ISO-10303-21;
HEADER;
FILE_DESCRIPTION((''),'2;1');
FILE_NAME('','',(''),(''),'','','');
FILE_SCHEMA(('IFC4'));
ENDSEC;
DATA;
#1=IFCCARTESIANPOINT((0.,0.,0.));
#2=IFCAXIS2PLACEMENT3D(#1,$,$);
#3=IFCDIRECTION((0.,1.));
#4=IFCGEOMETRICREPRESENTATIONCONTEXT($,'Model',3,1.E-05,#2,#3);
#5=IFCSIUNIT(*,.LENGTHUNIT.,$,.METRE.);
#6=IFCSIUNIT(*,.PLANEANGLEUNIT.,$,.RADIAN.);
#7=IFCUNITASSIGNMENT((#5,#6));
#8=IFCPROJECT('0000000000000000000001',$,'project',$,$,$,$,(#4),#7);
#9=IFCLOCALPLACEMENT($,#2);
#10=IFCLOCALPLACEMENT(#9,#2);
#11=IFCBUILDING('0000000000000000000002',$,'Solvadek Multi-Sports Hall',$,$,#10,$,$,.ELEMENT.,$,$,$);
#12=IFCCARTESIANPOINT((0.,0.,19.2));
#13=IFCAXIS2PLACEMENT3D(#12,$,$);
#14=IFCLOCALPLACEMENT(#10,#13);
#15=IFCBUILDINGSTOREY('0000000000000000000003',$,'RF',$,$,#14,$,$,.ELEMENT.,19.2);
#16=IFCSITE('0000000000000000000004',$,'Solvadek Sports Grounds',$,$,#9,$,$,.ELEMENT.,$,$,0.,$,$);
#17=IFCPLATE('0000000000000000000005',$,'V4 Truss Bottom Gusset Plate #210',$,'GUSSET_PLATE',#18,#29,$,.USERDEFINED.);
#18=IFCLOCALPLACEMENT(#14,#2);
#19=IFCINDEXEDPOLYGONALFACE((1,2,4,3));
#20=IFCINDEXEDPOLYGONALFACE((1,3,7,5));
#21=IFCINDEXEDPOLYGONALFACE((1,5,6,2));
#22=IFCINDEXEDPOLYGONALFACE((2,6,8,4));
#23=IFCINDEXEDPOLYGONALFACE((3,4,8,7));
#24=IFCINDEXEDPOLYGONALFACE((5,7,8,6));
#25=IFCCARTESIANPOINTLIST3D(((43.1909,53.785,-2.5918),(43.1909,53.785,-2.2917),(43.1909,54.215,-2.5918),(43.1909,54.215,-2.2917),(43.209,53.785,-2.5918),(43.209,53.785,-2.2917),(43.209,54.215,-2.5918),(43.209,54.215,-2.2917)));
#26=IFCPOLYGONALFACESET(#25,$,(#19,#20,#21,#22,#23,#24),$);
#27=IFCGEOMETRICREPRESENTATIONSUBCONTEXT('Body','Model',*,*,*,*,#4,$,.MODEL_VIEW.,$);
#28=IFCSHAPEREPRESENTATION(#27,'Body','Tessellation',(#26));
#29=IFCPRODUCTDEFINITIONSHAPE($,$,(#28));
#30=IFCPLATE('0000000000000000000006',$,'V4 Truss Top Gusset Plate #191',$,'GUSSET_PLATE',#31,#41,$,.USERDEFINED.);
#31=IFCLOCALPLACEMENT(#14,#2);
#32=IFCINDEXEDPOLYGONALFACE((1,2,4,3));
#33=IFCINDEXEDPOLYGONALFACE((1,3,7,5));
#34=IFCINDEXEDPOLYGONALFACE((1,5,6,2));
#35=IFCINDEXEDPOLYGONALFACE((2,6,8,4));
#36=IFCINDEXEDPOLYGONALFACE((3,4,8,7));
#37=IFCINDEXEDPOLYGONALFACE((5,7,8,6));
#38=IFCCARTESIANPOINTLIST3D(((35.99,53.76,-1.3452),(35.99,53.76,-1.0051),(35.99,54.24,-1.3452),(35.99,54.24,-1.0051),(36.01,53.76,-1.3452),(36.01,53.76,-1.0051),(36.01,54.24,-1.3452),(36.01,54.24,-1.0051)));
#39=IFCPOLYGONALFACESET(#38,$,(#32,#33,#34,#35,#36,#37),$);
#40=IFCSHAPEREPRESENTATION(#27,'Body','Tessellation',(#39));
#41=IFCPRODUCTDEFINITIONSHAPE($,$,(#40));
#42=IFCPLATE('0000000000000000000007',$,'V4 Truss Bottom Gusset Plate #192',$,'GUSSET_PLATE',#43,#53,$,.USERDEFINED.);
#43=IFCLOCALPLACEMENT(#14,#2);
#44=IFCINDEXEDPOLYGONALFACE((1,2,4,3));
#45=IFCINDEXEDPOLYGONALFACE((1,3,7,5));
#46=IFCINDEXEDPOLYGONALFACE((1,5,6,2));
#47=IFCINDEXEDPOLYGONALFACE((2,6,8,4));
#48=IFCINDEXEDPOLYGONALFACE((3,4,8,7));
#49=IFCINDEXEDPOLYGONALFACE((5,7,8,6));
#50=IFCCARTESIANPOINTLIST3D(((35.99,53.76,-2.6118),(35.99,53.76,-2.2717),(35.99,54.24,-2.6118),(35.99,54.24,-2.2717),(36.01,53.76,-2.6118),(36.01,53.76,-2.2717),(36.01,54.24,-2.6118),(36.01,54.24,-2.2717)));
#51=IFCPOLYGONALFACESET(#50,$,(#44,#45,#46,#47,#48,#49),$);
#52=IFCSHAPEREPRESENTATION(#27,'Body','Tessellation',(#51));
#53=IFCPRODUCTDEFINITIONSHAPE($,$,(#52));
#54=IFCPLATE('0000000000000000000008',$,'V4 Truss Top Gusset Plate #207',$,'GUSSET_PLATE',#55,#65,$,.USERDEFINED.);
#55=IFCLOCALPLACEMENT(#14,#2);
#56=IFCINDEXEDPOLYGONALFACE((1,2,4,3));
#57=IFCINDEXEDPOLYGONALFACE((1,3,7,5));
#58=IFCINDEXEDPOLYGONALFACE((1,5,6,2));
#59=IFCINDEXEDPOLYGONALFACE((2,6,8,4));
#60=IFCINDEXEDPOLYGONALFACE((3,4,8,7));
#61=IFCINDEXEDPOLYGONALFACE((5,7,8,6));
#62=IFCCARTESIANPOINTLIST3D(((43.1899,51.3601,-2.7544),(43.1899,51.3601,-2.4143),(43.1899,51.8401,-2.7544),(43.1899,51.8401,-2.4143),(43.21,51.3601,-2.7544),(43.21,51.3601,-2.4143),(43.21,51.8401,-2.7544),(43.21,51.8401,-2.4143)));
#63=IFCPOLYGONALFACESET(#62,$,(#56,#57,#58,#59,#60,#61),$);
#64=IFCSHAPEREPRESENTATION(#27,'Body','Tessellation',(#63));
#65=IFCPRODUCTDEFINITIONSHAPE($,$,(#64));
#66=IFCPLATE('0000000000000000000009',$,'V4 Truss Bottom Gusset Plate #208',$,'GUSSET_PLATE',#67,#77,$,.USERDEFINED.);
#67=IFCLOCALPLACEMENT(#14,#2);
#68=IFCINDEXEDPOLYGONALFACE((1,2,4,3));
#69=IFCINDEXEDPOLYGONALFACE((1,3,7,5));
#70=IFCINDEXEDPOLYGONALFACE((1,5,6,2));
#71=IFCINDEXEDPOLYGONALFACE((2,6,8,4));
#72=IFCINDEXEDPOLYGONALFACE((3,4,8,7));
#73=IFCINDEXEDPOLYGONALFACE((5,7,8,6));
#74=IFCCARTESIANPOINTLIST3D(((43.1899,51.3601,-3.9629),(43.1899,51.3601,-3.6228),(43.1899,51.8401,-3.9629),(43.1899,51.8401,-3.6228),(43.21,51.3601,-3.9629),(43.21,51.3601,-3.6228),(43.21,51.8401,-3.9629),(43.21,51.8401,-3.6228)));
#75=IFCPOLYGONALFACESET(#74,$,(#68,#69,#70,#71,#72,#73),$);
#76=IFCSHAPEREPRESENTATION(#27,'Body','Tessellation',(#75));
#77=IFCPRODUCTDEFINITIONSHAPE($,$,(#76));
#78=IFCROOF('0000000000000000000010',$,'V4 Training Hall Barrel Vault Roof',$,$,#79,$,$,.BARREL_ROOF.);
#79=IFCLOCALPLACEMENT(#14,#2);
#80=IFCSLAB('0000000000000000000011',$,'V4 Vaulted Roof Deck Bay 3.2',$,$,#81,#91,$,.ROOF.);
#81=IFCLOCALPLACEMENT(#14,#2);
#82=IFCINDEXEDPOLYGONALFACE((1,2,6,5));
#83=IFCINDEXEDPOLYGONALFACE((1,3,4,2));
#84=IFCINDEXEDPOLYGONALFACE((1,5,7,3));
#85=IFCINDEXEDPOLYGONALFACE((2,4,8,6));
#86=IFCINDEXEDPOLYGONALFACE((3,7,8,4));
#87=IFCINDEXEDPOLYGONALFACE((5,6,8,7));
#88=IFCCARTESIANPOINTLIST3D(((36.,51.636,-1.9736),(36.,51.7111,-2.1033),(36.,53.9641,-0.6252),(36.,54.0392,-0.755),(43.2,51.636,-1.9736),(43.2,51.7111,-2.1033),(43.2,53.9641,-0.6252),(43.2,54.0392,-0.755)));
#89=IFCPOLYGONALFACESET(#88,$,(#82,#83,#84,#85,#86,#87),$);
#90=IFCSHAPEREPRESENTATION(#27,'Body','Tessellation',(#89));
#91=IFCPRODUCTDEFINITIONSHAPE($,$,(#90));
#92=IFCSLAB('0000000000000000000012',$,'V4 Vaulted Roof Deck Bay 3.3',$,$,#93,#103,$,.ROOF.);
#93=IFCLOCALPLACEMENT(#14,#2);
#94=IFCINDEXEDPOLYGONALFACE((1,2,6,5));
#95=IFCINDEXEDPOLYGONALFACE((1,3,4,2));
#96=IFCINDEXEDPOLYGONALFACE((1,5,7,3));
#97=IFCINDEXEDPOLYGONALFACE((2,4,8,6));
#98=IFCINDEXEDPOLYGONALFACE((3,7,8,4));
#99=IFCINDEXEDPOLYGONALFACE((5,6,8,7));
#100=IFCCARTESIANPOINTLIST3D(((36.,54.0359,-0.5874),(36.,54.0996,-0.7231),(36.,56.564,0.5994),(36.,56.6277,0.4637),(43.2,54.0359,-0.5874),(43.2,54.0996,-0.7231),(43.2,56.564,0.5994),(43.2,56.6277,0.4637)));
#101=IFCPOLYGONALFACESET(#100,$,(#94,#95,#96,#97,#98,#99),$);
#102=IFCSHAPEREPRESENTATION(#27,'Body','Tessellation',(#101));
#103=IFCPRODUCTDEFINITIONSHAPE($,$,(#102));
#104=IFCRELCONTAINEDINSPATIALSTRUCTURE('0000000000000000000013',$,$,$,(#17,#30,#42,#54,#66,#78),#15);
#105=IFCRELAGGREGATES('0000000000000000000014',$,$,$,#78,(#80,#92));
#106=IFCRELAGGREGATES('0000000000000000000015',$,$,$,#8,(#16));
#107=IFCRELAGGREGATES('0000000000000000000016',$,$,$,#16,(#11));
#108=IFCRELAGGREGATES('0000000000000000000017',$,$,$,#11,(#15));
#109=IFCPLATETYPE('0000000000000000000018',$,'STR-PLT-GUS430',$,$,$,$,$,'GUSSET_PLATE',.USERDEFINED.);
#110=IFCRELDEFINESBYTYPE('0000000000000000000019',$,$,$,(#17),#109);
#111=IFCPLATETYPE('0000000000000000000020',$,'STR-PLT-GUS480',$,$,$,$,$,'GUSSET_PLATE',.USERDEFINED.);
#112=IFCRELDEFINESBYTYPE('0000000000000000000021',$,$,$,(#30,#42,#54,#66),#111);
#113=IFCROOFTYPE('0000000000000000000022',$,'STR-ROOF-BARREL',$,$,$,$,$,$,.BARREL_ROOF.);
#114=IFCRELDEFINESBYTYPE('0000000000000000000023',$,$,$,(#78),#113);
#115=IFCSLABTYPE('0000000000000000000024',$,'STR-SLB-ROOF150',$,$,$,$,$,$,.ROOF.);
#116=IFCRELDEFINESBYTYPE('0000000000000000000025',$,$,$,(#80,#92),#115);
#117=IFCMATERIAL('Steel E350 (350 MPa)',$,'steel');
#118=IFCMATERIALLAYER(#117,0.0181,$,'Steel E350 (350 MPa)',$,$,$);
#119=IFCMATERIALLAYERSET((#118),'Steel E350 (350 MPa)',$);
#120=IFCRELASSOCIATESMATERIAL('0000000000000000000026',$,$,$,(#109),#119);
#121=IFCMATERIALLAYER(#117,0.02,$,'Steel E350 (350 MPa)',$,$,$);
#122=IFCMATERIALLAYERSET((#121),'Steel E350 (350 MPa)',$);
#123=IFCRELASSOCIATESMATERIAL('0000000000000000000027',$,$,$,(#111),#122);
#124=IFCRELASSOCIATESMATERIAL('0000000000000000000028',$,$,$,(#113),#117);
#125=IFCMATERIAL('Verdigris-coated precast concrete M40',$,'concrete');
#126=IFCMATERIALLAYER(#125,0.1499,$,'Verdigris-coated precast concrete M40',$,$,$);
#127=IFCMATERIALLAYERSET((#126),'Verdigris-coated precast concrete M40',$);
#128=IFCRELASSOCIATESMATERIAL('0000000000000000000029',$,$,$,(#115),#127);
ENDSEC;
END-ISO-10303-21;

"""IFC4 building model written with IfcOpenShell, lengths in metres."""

from ifc_helpers import new_model, si_unit, direction, frame, origin, origin_2d, place, context, subcontext, project, spatial, polyline, rectangle, outline, extrude, material, layer, layer_set, type_object, element, aggregate, save


model = new_model("IFC4")

# Units and contexts
model_context = context("Model", 3, precision=1e-05, world=origin(), true_north=direction((0.0, 1.0)))
body_context = subcontext(model_context, "Body", "Model", "MODEL_VIEW")
ifc_project = project(units=[si_unit("LENGTHUNIT", "METRE"), si_unit("PLANEANGLEUNIT", "RADIAN")], contexts=[model_context])

# Site, building, storey
site_placement = place(None, origin())
site = spatial("IfcSite", under=ifc_project, at=site_placement, Name="Solvadek Sports Grounds", CompositionType="ELEMENT", RefElevation=0.0)
building_placement = place(site_placement, origin())
building = spatial("IfcBuilding", under=site, at=building_placement, Name="Solvadek Multi-Sports Hall", CompositionType="ELEMENT")
storey_placement = place(building_placement, frame((0.0, 0.0, 19.2)))
storey = spatial("IfcBuildingStorey", under=building, at=storey_placement, Name="RF", CompositionType="ELEMENT", Elevation=19.2)

# Shared definitions
ifc_material_1 = material(Name="Steel E350 (350 MPa)", Category="steel")

# Plates
ifc_layer_1 = layer(ifc_material_1, 0.0181, Name="Steel E350 (350 MPa)")
ifc_layer_set_1 = layer_set([ifc_layer_1], Name="Steel E350 (350 MPa)")
plate_type_1 = type_object("IfcPlateType", Name="STR-PLT-GUS430", ElementType="GUSSET_PLATE", PredefinedType="USERDEFINED", material=ifc_layer_set_1)
for number, where, z_axis, x_axis, name in (
    (1, (43.2, 54.0, -2.5918), (0.0, 0.0, 1.0), (0.0, 1.0, 0.0), "V4 Truss Bottom Gusset Plate #210"),
):
    element("IfcPlate", number, at=place(storey_placement, frame(where, z_axis=z_axis, x_axis=x_axis)), inside=storey, type_object=plate_type_1, Name=name, ObjectType="GUSSET_PLATE", PredefinedType="USERDEFINED", context=body_context, shape_type="SweptSolid", body=[
        extrude(rectangle(XDim=0.4299, YDim=0.0181, at=origin_2d()), origin(), (0.0, 0.0, 1.0), 0.3),
    ])
ifc_layer_2 = layer(ifc_material_1, 0.02, Name="Steel E350 (350 MPa)")
ifc_layer_set_2 = layer_set([ifc_layer_2], Name="Steel E350 (350 MPa)")
plate_type_2 = type_object("IfcPlateType", Name="STR-PLT-GUS480", ElementType="GUSSET_PLATE", PredefinedType="USERDEFINED", material=ifc_layer_set_2)
for number, where, z_axis, x_axis, name in (
    (2, (36.0, 54.0, -1.3452), (0.0, 0.0, 1.0), (0.0, 1.0, 0.0), "V4 Truss Top Gusset Plate #191"),
    (3, (36.0, 54.0, -2.6118), (0.0, 0.0, 1.0), (0.0, 1.0, 0.0), "V4 Truss Bottom Gusset Plate #192"),
    (4, (43.2, 51.6001, -2.7544), (0.0, 0.0, 1.0), (0.0, 1.0, 0.0), "V4 Truss Top Gusset Plate #207"),
    (5, (43.2, 51.6001, -3.9629), (0.0, 0.0, 1.0), (0.0, 1.0, 0.0), "V4 Truss Bottom Gusset Plate #208"),
):
    element("IfcPlate", number, at=place(storey_placement, frame(where, z_axis=z_axis, x_axis=x_axis)), inside=storey, type_object=plate_type_2, Name=name, ObjectType="GUSSET_PLATE", PredefinedType="USERDEFINED", context=body_context, shape_type="SweptSolid", body=[
        extrude(rectangle(XDim=0.48, YDim=0.02, at=origin_2d()), origin(), (0.0, 0.0, 1.0), 0.3401),
    ])

# Roof, slabs
roof_type = type_object("IfcRoofType", Name="STR-ROOF-BARREL", PredefinedType="BARREL_ROOF", material=ifc_material_1)
roof_placement = place(storey_placement, origin())
roof = element("IfcRoof", 6, at=roof_placement, inside=storey, type_object=roof_type, Name="V4 Training Hall Barrel Vault Roof", PredefinedType="BARREL_ROOF")
ifc_material_2 = material(Name="Verdigris-coated precast concrete M40", Category="concrete")
ifc_layer_3 = layer(ifc_material_2, 0.1499, Name="Verdigris-coated precast concrete M40")
ifc_layer_set_3 = layer_set([ifc_layer_3], Name="Verdigris-coated precast concrete M40")
slab_type = type_object("IfcSlabType", Name="STR-SLB-ROOF150", PredefinedType="ROOF", material=ifc_layer_set_3)
slab_1_placement = place(storey_placement, frame((36.0, 51.636, -1.9736), z_axis=(0.0, -0.501183, 0.865341), x_axis=(1.0, 0.0, 0.0)))
slab_1 = element("IfcSlab", 7, at=slab_1_placement, type_object=slab_type, Name="V4 Vaulted Roof Deck Bay 3.2", PredefinedType="ROOF", context=body_context, shape_type="SweptSolid", body=[
    extrude(outline(polyline([(0.0, 0.0), (7.2, 0.0), (7.2, 2.6904), (0.0, 2.6904), (0.0, 0.0)])), origin(), (0.0, 0.0, -1.0), 0.1499),
])
slab_2_placement = place(storey_placement, frame((36.0, 54.0359, -0.5874), z_axis=(0.0, -0.424942, 0.90522), x_axis=(1.0, 0.0, 0.0)))
slab_2 = element("IfcSlab", 8, at=slab_2_placement, type_object=slab_type, Name="V4 Vaulted Roof Deck Bay 3.3", PredefinedType="ROOF", context=body_context, shape_type="SweptSolid", body=[
    extrude(outline(polyline([(0.0, 0.0), (7.2, 0.0), (7.2, 2.7928), (0.0, 2.7928), (0.0, 0.0)])), origin(), (0.0, 0.0, -1.0), 0.1499),
])
aggregate(roof, [slab_1, slab_2])

save(model, "model.ifc")
